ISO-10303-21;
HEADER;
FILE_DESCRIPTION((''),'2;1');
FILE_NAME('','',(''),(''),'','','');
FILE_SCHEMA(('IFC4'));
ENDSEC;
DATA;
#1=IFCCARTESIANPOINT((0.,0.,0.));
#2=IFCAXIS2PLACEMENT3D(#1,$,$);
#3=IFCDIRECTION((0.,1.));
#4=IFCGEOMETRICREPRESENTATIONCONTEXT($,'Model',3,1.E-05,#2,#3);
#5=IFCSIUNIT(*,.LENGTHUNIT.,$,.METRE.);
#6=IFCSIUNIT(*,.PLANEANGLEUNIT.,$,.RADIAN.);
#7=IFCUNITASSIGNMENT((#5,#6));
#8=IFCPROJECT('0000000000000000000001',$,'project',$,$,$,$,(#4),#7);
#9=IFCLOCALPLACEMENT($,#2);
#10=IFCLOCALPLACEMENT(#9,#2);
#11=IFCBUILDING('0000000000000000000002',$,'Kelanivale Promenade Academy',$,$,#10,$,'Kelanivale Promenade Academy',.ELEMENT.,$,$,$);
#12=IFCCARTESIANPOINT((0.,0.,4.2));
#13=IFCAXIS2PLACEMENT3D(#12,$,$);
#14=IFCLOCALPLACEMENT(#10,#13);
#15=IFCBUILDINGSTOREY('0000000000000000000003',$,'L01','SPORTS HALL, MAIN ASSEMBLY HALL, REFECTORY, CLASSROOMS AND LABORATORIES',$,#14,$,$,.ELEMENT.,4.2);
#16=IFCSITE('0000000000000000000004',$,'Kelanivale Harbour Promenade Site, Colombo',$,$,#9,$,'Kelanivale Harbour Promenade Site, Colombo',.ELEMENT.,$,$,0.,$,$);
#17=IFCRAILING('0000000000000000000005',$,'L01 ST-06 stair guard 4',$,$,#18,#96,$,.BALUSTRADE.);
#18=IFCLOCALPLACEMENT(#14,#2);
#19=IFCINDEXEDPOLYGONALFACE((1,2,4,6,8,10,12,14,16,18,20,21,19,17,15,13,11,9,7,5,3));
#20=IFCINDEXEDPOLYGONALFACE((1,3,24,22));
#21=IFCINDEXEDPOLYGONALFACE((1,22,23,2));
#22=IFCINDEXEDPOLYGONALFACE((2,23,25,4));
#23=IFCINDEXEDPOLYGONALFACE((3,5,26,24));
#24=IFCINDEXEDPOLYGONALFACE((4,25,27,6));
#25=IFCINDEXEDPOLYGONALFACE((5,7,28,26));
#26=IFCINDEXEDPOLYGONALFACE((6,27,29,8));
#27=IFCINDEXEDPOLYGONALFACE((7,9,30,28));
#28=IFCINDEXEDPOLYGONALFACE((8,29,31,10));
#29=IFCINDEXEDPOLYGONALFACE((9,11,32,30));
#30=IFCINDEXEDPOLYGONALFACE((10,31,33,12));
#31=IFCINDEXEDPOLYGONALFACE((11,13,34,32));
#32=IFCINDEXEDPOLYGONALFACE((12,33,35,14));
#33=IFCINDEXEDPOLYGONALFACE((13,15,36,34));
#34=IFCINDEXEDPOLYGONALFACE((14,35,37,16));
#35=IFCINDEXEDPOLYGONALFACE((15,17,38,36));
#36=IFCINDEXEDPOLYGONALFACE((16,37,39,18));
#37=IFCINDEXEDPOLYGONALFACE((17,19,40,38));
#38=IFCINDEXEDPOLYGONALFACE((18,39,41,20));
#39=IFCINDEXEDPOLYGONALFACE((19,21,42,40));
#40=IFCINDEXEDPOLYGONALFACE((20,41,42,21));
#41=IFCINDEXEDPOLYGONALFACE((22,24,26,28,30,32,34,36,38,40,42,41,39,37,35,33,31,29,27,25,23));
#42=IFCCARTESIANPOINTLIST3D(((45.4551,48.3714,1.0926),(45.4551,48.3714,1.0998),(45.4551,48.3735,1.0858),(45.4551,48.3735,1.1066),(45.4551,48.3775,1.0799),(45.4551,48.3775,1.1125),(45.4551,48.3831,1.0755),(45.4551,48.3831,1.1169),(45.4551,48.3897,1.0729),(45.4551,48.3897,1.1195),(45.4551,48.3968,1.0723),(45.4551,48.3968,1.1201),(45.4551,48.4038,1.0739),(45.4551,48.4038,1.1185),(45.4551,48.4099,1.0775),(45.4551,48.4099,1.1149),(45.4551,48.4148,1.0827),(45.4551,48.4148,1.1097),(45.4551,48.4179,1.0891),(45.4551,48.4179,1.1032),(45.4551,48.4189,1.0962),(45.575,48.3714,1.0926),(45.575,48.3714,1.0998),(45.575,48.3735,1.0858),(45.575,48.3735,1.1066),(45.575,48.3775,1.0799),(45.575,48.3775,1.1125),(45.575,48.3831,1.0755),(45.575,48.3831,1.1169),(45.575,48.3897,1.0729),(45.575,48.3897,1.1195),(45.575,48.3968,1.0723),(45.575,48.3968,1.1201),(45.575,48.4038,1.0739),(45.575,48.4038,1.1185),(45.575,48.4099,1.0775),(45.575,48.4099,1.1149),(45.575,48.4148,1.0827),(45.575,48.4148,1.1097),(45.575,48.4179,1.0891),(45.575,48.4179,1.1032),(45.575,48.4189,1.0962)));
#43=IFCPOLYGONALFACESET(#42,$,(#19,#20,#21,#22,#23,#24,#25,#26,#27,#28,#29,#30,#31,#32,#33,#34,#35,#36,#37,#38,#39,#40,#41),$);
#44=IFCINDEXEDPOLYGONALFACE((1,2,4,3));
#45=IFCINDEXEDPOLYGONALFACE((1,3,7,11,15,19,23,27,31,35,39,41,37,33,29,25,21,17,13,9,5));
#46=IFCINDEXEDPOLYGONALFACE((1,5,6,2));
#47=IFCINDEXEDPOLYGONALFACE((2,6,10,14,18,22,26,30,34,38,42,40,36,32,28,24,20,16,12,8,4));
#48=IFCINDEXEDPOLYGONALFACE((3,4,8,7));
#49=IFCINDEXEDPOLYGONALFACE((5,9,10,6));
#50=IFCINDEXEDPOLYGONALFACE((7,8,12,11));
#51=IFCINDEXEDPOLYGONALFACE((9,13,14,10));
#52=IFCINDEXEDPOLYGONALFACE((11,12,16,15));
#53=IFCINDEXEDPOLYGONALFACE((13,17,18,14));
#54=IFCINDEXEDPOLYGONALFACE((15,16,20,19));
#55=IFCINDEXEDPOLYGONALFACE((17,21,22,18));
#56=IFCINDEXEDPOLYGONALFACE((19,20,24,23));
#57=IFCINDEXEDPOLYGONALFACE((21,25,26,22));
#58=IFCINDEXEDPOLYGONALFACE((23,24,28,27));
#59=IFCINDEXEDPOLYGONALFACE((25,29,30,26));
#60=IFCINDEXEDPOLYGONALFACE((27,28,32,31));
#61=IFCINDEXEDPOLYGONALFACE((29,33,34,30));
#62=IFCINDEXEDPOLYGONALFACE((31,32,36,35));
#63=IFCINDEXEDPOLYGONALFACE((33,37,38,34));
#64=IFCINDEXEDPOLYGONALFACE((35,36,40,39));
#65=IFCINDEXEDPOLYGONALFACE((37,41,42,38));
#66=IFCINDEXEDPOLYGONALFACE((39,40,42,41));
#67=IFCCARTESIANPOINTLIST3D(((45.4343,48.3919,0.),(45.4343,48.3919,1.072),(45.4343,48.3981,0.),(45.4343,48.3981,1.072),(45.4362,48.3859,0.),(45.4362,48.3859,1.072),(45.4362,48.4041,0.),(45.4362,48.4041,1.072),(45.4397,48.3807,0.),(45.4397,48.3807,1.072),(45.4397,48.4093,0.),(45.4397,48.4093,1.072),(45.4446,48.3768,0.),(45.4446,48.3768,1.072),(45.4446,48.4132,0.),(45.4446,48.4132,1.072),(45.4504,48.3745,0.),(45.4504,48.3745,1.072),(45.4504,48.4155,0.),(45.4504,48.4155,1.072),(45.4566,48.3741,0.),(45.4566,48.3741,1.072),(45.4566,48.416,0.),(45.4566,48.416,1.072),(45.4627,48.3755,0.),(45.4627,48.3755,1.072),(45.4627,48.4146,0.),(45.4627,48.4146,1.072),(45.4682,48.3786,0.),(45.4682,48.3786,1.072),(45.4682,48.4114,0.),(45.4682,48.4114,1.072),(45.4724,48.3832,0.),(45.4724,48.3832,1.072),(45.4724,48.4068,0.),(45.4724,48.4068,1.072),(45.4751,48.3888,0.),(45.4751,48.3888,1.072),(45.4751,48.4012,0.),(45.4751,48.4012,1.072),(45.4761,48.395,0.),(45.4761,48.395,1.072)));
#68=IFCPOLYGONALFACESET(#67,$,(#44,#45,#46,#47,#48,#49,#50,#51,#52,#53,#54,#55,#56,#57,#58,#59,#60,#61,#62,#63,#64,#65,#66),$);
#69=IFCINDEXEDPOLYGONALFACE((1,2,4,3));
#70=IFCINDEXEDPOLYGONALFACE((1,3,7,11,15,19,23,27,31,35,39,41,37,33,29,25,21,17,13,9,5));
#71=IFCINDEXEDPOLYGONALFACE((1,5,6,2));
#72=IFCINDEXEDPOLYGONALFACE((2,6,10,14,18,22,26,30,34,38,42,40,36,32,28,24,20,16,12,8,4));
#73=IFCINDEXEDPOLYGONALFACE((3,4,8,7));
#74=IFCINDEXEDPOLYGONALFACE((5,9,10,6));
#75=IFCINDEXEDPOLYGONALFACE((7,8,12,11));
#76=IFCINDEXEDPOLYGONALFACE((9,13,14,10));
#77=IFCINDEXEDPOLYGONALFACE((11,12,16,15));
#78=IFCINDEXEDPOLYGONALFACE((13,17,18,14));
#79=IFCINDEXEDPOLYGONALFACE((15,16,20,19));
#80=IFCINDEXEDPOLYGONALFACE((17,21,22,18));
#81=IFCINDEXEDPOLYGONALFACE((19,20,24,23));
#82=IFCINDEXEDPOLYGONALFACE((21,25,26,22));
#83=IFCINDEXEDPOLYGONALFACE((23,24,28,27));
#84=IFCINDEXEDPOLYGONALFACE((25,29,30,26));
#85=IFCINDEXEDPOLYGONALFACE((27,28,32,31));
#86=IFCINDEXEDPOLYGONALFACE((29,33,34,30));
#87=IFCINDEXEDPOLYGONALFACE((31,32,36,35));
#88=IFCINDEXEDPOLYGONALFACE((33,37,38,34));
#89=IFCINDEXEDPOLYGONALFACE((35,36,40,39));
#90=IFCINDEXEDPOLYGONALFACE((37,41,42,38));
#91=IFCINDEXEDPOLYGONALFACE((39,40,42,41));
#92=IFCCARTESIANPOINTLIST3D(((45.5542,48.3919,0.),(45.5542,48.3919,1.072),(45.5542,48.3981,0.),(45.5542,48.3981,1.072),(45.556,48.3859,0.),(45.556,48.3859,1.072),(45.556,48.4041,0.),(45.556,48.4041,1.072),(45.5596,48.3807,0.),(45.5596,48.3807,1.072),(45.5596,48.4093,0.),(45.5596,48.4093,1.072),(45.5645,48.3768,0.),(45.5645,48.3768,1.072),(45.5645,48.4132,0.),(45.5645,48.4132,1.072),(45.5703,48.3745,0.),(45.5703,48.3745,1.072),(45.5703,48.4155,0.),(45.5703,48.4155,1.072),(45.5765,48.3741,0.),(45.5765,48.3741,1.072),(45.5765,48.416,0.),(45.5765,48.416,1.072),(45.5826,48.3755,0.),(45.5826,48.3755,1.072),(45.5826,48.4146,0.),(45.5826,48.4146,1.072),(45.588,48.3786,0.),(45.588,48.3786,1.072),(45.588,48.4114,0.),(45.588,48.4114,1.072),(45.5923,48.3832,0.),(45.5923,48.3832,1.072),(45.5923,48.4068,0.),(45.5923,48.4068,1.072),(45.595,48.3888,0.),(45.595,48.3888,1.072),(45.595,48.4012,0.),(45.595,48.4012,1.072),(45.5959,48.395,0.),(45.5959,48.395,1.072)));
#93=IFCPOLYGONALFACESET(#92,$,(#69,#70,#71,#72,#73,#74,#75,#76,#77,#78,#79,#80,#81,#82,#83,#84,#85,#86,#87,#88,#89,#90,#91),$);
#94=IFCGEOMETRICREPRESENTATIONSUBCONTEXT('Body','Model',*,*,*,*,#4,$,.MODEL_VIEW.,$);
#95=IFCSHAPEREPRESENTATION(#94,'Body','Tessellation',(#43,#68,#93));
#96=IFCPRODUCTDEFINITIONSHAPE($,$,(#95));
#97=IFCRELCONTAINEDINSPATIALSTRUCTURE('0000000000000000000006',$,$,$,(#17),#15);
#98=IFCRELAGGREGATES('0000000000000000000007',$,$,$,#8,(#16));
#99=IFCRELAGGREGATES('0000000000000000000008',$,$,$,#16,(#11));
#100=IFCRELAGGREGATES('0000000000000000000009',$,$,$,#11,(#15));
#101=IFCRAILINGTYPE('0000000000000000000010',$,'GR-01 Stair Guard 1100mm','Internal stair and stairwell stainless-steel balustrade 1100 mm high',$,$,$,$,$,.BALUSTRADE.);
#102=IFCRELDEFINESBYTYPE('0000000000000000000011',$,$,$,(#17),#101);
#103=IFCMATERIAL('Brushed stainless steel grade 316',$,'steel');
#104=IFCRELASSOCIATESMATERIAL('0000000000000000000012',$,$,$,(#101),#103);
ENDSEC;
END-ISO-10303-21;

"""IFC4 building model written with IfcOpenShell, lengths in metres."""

from ifc_helpers import new_model, si_unit, direction, frame, origin, origin_2d, place, context, subcontext, project, spatial, circle, extrude, material, type_object, element, save


model = new_model("IFC4")

# Units and contexts
model_context = context("Model", 3, precision=1e-05, world=origin(), true_north=direction((0.0, 1.0)))
body_context = subcontext(model_context, "Body", "Model", "MODEL_VIEW")
ifc_project = project(units=[si_unit("LENGTHUNIT", "METRE"), si_unit("PLANEANGLEUNIT", "RADIAN")], contexts=[model_context])

# Site, building, storey
site_placement = place(None, origin())
site = spatial("IfcSite", under=ifc_project, at=site_placement, Name="Kelanivale Harbour Promenade Site, Colombo", LongName="Kelanivale Harbour Promenade Site, Colombo", CompositionType="ELEMENT", RefElevation=0.0)
building_placement = place(site_placement, origin())
building = spatial("IfcBuilding", under=site, at=building_placement, Name="Kelanivale Promenade Academy", LongName="Kelanivale Promenade Academy", CompositionType="ELEMENT")
storey_placement = place(building_placement, frame((0.0, 0.0, 4.2)))
storey = spatial("IfcBuildingStorey", under=building, at=storey_placement, Name="L01", Description="SPORTS HALL, MAIN ASSEMBLY HALL, REFECTORY, CLASSROOMS AND LABORATORIES", CompositionType="ELEMENT", Elevation=4.2)

# Railing
ifc_material_1 = material(Name="Brushed stainless steel grade 316", Category="steel")
railing_type_1 = type_object("IfcRailingType", Name="GR-01 Stair Guard 1100mm", Description="Internal stair and stairwell stainless-steel balustrade 1100 mm high", PredefinedType="BALUSTRADE", material=ifc_material_1)
railing_1_placement = place(storey_placement, frame((45.4551, 48.395, 0.0)))
element("IfcRailing", 1, at=railing_1_placement, inside=storey, type_object=railing_type_1, Name="L01 ST-06 stair guard 4", PredefinedType="BALUSTRADE", context=body_context, shape_type="SweptSolid", body=[
    extrude(circle(Radius=0.0239, at=origin_2d()), frame((0.0, 0.0, 1.0962), z_axis=(1.0, 0.0, 0.0), x_axis=(0.0, 1.0, 0.0)), (0.0, 0.0, 1.0), 0.1199),
    extrude(circle(Radius=0.021, at=origin_2d()), origin(), (0.0, 0.0, 1.0), 1.072),
    extrude(circle(Radius=0.021, at=origin_2d()), frame((0.1199, 0.0, 0.0)), (0.0, 0.0, 1.0), 1.072),
])

save(model, "model.ifc")
